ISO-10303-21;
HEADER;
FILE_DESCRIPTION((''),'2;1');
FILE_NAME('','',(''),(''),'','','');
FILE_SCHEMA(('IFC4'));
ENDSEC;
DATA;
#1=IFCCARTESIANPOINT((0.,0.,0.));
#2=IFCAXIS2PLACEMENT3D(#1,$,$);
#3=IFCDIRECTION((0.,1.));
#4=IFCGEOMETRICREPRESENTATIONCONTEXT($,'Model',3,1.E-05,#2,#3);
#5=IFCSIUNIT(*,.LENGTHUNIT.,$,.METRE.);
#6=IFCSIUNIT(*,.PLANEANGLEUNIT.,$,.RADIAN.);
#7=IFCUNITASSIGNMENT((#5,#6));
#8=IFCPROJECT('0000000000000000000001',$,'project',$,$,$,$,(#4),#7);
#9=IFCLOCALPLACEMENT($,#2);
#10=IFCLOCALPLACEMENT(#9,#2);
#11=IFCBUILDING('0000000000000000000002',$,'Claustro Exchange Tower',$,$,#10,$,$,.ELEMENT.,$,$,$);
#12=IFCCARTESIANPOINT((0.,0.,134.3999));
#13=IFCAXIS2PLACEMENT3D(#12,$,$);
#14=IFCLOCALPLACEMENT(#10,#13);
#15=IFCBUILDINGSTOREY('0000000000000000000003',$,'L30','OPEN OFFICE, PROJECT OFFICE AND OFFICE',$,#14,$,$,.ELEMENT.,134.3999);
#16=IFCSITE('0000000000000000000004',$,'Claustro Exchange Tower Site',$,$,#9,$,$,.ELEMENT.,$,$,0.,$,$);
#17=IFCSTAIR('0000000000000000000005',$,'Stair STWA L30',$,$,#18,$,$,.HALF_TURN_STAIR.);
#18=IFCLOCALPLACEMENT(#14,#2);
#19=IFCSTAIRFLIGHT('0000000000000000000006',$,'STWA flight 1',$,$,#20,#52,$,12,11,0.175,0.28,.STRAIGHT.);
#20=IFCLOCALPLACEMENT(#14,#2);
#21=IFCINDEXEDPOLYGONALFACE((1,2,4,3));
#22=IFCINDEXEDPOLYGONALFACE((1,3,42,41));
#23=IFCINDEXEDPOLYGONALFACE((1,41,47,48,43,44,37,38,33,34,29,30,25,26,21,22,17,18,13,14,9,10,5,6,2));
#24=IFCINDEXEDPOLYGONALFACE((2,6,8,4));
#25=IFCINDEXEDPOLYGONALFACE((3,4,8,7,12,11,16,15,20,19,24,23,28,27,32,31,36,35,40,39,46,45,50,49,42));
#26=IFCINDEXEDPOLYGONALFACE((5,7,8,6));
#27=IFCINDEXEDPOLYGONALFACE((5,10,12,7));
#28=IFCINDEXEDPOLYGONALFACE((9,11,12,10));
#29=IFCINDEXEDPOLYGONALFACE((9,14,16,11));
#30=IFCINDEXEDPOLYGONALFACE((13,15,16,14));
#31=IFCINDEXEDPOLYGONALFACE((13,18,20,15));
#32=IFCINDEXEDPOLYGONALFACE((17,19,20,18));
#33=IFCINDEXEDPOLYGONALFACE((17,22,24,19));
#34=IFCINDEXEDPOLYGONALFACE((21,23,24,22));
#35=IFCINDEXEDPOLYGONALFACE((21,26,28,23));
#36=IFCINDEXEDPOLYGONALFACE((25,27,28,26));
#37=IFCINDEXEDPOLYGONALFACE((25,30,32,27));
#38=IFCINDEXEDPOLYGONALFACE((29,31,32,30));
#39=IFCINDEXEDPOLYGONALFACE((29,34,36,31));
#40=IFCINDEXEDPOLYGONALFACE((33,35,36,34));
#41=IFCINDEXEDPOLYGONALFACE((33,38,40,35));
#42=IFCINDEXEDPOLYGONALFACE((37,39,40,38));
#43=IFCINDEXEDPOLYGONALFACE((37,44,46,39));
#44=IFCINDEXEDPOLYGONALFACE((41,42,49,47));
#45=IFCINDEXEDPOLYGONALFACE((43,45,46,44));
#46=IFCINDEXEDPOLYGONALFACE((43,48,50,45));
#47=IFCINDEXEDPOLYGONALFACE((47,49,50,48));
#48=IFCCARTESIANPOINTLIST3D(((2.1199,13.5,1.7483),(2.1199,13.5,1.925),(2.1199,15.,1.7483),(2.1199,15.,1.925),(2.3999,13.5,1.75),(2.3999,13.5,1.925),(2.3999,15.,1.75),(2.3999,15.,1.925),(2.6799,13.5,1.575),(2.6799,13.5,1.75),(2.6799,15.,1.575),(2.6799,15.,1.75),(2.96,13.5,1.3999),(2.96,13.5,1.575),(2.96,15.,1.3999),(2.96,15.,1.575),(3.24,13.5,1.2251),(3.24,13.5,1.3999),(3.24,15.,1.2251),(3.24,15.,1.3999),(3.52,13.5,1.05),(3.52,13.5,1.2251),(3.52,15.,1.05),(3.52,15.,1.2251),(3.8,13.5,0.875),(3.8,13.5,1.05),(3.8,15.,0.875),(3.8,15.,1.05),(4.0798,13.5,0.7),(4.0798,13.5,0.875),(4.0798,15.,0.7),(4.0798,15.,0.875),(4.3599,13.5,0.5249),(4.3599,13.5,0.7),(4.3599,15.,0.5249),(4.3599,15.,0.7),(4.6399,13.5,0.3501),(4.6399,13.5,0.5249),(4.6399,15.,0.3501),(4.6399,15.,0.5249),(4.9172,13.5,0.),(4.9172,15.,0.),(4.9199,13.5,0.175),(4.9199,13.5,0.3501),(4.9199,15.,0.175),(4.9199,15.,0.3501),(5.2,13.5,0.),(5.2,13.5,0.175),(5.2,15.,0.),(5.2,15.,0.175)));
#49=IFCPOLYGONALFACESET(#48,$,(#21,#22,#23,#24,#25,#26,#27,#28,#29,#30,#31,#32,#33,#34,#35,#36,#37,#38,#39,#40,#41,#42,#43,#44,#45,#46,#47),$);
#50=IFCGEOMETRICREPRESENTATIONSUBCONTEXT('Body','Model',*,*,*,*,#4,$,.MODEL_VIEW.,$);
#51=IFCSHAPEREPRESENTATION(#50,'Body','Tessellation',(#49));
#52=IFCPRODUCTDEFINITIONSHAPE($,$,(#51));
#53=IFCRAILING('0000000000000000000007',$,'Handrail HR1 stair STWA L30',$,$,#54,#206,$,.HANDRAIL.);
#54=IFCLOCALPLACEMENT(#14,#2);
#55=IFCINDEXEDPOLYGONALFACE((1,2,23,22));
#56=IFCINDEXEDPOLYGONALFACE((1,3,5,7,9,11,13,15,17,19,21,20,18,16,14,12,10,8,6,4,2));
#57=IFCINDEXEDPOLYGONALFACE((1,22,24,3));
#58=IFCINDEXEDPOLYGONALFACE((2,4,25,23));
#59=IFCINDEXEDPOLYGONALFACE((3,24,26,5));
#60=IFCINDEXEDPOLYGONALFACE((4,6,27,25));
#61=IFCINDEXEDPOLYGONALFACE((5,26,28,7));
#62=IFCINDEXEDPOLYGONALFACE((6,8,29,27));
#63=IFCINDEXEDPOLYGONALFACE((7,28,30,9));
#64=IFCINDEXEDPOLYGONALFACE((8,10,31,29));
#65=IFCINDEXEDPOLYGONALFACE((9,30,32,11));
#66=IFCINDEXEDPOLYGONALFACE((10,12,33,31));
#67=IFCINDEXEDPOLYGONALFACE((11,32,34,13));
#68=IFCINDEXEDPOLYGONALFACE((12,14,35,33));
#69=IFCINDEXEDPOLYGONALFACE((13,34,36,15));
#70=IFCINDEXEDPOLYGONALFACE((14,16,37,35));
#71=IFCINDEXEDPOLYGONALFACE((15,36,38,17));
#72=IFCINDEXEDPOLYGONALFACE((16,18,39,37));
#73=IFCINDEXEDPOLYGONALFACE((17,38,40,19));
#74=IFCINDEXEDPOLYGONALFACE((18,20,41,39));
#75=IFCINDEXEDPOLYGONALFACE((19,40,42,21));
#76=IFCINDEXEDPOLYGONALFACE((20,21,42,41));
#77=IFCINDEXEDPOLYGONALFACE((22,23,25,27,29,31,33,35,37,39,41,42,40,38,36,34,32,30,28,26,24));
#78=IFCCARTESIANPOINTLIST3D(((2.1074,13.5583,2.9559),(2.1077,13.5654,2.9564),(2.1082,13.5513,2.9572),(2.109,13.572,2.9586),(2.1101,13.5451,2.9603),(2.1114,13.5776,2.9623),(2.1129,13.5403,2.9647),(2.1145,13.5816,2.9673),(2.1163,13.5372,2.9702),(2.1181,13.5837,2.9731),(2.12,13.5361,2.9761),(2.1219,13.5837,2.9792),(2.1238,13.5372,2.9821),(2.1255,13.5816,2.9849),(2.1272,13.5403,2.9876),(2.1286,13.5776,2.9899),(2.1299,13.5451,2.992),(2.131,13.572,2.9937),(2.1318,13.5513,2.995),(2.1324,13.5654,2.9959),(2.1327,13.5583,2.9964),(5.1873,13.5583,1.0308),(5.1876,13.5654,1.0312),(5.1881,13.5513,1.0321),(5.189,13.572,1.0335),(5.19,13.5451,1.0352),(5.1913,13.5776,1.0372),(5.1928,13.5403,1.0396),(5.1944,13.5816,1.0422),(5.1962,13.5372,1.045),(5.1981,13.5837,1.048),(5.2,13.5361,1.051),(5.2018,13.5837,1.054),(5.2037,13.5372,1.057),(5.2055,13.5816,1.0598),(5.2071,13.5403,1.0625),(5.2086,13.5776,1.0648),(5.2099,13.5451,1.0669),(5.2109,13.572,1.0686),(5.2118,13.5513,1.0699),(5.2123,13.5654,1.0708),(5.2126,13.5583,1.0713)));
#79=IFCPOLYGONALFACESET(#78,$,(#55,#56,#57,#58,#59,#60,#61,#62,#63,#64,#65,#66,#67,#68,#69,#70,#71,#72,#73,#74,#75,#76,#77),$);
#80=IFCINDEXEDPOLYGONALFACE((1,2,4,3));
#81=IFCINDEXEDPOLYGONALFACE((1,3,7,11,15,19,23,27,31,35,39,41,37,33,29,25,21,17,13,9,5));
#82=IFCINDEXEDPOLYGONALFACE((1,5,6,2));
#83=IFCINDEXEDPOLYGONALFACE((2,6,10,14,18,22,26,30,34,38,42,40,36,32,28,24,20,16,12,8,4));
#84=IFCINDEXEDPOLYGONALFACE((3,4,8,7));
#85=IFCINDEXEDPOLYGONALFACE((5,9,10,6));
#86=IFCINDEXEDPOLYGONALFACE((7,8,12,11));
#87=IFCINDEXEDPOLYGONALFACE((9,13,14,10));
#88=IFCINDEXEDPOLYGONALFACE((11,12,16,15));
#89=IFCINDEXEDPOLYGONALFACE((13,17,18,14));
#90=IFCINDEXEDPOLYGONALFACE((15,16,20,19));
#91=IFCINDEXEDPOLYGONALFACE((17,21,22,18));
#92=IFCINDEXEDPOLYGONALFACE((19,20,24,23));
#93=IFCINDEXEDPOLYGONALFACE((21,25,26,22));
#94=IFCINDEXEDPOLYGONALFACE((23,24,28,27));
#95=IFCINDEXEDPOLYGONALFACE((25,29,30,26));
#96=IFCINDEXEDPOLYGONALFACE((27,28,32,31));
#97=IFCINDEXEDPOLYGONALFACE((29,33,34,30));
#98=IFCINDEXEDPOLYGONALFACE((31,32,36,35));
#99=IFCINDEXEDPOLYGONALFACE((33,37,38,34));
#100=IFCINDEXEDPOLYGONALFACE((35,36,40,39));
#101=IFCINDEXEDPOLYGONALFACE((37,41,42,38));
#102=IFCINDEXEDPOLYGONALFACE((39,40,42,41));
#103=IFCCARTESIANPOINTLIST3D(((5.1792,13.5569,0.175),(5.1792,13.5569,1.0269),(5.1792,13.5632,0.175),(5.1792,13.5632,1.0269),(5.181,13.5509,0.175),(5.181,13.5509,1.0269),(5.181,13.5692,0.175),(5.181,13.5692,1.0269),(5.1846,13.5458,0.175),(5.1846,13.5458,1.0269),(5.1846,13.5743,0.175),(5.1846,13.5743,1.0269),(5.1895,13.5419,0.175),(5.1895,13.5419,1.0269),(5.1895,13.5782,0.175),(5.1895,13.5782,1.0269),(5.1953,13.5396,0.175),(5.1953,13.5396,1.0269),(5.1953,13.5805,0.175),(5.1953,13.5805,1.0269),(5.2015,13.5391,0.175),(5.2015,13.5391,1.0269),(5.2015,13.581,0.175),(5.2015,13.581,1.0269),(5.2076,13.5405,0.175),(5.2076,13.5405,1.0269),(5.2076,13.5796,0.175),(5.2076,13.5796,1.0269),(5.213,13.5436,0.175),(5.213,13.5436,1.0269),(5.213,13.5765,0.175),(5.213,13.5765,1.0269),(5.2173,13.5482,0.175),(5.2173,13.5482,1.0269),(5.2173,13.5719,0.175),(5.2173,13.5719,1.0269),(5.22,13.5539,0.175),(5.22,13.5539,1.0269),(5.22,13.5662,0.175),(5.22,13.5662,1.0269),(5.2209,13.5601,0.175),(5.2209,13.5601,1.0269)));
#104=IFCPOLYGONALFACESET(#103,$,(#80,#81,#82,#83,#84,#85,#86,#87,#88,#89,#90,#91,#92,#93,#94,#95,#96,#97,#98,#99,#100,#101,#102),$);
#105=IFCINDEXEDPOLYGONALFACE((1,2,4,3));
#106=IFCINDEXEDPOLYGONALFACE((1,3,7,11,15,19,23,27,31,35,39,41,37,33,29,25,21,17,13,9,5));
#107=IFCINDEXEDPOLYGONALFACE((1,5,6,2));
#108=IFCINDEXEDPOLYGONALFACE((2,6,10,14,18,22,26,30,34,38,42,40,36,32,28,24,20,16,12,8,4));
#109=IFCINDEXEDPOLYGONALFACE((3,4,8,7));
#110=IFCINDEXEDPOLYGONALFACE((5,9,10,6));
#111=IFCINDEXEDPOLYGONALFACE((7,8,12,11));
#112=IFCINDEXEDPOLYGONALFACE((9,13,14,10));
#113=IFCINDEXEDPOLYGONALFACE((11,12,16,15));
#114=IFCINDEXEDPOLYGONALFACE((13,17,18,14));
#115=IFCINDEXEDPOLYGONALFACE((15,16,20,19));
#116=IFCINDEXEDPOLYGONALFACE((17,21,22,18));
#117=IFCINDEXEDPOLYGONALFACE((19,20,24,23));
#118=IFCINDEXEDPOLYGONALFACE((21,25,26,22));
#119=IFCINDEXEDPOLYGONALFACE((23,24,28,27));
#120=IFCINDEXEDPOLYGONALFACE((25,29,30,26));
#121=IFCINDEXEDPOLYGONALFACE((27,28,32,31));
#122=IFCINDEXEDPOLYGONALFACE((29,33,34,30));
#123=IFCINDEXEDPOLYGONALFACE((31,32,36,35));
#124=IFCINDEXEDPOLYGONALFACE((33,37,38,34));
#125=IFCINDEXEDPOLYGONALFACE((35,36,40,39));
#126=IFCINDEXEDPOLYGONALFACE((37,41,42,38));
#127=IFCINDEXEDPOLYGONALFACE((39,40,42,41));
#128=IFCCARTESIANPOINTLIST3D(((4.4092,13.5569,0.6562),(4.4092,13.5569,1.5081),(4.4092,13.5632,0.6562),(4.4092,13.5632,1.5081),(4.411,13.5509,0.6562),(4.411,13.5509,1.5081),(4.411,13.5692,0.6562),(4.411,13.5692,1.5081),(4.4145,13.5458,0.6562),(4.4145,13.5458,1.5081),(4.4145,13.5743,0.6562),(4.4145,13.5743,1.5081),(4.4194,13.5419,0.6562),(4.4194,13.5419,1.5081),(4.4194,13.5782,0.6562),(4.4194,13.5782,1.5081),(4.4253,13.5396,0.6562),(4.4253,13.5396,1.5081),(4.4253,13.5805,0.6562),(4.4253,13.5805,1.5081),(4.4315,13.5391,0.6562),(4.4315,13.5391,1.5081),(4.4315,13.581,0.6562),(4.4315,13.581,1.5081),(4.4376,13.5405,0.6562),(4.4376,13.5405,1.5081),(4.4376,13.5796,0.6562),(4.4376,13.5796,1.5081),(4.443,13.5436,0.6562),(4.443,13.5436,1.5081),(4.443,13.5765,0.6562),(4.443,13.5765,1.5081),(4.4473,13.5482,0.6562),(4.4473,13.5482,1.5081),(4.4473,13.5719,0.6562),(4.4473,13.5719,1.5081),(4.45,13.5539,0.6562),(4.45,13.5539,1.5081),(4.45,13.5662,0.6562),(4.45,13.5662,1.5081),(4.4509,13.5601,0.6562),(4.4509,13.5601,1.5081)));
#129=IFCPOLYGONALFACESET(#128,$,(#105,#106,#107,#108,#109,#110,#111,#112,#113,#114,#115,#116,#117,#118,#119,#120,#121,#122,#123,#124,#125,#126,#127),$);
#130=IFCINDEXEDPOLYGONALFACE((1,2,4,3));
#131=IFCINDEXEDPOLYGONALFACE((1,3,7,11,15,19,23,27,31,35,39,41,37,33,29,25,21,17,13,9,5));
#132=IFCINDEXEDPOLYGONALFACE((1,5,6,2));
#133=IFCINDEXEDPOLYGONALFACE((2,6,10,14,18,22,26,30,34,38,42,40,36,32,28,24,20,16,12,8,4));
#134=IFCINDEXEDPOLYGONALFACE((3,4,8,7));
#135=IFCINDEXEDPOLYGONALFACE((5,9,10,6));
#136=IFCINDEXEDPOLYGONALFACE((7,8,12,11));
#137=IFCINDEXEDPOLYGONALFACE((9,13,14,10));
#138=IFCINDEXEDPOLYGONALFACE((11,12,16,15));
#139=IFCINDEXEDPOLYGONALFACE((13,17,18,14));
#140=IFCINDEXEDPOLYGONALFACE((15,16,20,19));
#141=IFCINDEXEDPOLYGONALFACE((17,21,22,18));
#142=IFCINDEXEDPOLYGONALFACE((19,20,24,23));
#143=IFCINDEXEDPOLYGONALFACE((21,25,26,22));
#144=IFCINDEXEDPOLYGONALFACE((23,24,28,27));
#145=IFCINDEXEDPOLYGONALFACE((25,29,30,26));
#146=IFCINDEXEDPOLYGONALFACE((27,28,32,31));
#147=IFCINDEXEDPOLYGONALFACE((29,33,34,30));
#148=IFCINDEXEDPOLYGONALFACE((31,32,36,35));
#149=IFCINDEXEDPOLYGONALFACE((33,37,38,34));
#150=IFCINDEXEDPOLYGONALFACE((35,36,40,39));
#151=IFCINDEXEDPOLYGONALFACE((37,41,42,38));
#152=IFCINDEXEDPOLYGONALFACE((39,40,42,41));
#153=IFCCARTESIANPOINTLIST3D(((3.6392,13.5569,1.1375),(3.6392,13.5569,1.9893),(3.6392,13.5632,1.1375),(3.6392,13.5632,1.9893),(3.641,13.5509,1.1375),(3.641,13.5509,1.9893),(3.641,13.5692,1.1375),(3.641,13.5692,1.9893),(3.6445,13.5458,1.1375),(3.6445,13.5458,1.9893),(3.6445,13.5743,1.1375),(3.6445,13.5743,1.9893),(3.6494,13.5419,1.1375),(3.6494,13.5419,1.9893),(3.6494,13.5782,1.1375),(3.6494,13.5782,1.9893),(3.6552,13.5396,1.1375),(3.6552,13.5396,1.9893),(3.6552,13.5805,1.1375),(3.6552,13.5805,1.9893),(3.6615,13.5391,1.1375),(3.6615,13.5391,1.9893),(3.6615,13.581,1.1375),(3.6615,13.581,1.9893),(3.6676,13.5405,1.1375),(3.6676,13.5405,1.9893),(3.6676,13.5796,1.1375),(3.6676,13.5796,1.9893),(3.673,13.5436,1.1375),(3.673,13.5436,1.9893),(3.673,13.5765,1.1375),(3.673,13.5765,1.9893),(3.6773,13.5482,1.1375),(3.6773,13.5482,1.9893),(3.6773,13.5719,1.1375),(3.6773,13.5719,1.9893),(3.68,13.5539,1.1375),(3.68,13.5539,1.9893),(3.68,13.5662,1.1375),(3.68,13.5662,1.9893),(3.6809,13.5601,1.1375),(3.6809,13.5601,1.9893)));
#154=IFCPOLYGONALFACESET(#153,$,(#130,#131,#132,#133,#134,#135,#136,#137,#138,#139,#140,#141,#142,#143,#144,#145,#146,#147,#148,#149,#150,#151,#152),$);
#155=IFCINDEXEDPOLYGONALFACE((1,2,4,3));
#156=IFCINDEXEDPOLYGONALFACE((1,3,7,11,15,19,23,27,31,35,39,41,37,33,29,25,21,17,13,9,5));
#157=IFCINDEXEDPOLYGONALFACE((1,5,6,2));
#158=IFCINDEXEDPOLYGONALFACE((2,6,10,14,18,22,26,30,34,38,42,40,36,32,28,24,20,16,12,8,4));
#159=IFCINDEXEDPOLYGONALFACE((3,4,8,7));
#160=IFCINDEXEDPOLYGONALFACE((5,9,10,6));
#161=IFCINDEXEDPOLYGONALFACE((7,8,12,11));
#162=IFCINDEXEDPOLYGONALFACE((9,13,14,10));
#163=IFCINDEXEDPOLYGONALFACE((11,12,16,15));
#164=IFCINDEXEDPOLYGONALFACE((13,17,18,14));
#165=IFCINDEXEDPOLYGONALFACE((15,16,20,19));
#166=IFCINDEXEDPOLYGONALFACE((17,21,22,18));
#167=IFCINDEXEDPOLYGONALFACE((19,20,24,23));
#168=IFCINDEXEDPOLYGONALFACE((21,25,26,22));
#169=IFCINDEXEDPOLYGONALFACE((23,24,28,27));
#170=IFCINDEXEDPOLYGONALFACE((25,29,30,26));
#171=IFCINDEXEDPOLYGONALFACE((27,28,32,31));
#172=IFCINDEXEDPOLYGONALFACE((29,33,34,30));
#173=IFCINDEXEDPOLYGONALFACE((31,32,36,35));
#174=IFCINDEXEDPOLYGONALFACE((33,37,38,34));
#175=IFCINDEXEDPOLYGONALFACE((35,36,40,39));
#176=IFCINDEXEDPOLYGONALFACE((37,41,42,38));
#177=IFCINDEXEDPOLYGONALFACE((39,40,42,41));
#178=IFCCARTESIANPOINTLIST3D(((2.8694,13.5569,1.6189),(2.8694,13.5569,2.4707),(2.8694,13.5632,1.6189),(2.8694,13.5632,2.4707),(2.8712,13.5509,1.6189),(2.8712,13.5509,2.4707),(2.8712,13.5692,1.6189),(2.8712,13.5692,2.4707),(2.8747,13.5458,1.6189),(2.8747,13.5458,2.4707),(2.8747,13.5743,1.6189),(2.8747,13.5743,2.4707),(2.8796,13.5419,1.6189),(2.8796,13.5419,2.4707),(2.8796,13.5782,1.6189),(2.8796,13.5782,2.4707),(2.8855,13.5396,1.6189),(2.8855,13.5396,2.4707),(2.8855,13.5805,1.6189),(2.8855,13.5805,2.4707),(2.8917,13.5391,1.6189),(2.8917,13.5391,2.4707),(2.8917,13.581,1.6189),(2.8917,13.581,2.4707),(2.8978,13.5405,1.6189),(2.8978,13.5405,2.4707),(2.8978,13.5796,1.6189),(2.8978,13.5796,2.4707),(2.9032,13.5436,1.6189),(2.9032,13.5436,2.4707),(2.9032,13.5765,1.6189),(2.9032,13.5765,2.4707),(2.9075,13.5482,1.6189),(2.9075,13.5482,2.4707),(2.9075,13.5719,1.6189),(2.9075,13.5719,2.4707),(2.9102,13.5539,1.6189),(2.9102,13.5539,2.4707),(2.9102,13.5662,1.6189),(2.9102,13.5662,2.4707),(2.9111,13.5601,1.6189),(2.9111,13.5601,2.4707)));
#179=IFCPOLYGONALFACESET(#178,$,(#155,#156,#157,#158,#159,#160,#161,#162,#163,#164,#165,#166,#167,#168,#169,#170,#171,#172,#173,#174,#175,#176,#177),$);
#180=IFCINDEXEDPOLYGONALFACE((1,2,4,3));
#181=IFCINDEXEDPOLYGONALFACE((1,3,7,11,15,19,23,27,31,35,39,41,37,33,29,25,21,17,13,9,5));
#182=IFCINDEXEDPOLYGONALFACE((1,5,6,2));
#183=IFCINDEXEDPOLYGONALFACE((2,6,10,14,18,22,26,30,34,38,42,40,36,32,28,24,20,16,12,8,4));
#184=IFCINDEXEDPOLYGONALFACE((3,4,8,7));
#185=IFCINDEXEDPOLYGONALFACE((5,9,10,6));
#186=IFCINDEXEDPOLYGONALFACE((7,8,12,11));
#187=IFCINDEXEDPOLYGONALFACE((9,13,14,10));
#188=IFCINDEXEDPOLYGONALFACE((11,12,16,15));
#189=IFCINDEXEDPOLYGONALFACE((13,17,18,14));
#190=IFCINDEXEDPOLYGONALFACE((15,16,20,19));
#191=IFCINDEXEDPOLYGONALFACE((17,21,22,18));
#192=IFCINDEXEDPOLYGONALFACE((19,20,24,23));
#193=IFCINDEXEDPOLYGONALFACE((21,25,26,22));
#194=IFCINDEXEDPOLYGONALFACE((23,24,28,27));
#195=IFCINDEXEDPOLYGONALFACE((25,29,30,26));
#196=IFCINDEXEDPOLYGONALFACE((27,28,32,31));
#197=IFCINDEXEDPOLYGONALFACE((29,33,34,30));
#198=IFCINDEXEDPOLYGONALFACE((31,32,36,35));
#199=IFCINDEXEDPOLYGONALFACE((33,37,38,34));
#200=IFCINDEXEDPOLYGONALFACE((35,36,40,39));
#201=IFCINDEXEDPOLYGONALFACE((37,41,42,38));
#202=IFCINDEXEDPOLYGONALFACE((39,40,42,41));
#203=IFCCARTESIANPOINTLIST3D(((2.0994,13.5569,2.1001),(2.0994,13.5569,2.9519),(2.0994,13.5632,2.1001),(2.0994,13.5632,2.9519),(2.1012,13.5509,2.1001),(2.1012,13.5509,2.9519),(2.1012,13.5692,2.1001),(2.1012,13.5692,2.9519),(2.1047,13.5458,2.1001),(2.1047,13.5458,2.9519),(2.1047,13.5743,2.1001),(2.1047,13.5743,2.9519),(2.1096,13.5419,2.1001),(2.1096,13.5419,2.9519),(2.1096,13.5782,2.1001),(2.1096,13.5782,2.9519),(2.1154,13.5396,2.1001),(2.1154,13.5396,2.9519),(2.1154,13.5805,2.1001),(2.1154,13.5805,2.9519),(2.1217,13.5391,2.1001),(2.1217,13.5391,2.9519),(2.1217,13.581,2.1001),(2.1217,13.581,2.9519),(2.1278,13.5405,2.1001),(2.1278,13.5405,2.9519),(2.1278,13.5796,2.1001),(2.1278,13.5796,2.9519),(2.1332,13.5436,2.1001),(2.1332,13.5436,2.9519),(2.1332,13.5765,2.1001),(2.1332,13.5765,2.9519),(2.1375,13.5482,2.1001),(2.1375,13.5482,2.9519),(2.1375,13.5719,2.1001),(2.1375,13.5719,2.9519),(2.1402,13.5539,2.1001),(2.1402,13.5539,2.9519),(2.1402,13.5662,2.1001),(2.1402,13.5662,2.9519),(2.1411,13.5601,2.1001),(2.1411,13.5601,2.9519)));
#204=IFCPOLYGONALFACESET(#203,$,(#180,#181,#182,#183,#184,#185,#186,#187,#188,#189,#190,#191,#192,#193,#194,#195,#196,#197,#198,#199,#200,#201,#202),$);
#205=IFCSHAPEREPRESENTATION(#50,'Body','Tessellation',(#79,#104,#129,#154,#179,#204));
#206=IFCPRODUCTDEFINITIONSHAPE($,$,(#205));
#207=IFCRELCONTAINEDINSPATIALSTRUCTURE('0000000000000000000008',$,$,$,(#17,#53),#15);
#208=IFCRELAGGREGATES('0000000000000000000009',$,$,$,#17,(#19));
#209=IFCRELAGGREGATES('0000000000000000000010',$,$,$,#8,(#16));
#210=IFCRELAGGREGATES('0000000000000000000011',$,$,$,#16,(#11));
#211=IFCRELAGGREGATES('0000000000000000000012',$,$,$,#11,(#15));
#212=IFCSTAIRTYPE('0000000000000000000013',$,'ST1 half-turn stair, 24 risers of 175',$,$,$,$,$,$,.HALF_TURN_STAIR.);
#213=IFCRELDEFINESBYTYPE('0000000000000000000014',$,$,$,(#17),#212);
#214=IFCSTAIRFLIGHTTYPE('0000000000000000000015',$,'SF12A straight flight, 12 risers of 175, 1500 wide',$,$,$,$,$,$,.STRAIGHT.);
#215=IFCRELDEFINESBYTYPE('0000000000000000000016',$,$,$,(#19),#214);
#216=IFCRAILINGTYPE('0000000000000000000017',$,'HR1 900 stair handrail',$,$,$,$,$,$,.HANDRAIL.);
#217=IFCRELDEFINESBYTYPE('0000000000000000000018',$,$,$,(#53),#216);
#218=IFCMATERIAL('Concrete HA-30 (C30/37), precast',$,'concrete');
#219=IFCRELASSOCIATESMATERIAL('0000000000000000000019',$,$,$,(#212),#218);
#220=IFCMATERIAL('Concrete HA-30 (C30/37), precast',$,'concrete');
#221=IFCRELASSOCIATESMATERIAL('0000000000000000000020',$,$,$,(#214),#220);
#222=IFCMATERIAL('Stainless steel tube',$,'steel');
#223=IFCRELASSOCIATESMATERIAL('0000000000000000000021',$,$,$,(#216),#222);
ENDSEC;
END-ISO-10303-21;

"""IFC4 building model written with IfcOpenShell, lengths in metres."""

from ifc_helpers import new_model, si_unit, direction, frame, origin, origin_2d, place, context, subcontext, project, spatial, polyline, circle, outline, extrude, material, type_object, element, aggregate, save


model = new_model("IFC4")

# Units and contexts
model_context = context("Model", 3, precision=1e-05, world=origin(), true_north=direction((0.0, 1.0)))
body_context = subcontext(model_context, "Body", "Model", "MODEL_VIEW")
ifc_project = project(units=[si_unit("LENGTHUNIT", "METRE"), si_unit("PLANEANGLEUNIT", "RADIAN")], contexts=[model_context])

# Site, building, storey
site_placement = place(None, origin())
site = spatial("IfcSite", under=ifc_project, at=site_placement, Name="Claustro Exchange Tower Site", CompositionType="ELEMENT", RefElevation=0.0)
building_placement = place(site_placement, origin())
building = spatial("IfcBuilding", under=site, at=building_placement, Name="Claustro Exchange Tower", CompositionType="ELEMENT")
storey_placement = place(building_placement, frame((0.0, 0.0, 134.3999)))
storey = spatial("IfcBuildingStorey", under=building, at=storey_placement, Name="L30", Description="OPEN OFFICE, PROJECT OFFICE AND OFFICE", CompositionType="ELEMENT", Elevation=134.3999)

# Stair, stair flight
ifc_material_1 = material(Name="Concrete HA-30 (C30/37), precast", Category="concrete")
stair_type = type_object("IfcStairType", Name="ST1 half-turn stair, 24 risers of 175", PredefinedType="HALF_TURN_STAIR", material=ifc_material_1)
stair_placement = place(storey_placement, origin())
stair = element("IfcStair", 1, at=stair_placement, inside=storey, type_object=stair_type, Name="Stair STWA L30", PredefinedType="HALF_TURN_STAIR")
ifc_material_2 = material(Name="Concrete HA-30 (C30/37), precast", Category="concrete")
stair_flight_type = type_object("IfcStairFlightType", Name="SF12A straight flight, 12 risers of 175, 1500 wide", PredefinedType="STRAIGHT", material=ifc_material_2)
stair_flight_placement = place(storey_placement, frame((5.2, 14.25, 0.0), z_axis=(0.0, 0.0, 1.0), x_axis=(-1.0, 0.0, 0.0)))
stair_flight = element("IfcStairFlight", 2, at=stair_flight_placement, type_object=stair_flight_type, Name="STWA flight 1", NumberOfRisers=12, NumberOfTreads=11, PredefinedType="STRAIGHT", RiserHeight=0.175, TreadLength=0.28, context=body_context, shape_type="SweptSolid", body=[
    extrude(outline(polyline([(0.0, 0.0), (0.0, 0.175), (0.28, 0.175), (0.28, 0.3501), (0.5601, 0.3501), (0.5601, 0.5249), (0.8401, 0.5249), (0.8401, 0.7), (1.1201, 0.7), (1.1201, 0.875), (1.3999, 0.875), (1.3999, 1.05), (1.6799, 1.05), (1.6799, 1.2251), (1.96, 1.2251), (1.96, 1.3999), (2.24, 1.3999), (2.24, 1.575), (2.52, 1.575), (2.52, 1.75), (2.8, 1.75), (2.8, 1.925), (3.0801, 1.925), (3.0801, 2.1001), (3.0801, 1.7483), (0.2827, 0.0), (0.0, 0.0)])), frame((0.0, 0.75, 0.0), z_axis=(0.0, -1.0, 0.0), x_axis=(1.0, 0.0, 0.0)), (0.0, 0.0, 1.0), 1.5),
])
aggregate(stair, [stair_flight])

# Railing
ifc_material_3 = material(Name="Stainless steel tube", Category="steel")
railing_type_1 = type_object("IfcRailingType", Name="HR1 900 stair handrail", PredefinedType="HANDRAIL", material=ifc_material_3)
railing_1_placement = place(storey_placement, frame((5.2, 13.5601, 0.175)))
element("IfcRailing", 3, at=railing_1_placement, inside=storey, type_object=railing_type_1, Name="Handrail HR1 stair STWA L30", PredefinedType="HANDRAIL", context=body_context, shape_type="SweptSolid", body=[
    extrude(circle(Radius=0.0239, at=origin_2d()), frame((0.0, 0.0, 0.876), z_axis=(-0.847979, 0.0, 0.530029), x_axis=(0.0, -1.0, 0.0)), (0.0, 0.0, 1.0), 3.6321),
    extrude(circle(Radius=0.021, at=origin_2d()), origin(), (0.0, 0.0, 1.0), 0.8518),
    extrude(circle(Radius=0.021, at=origin_2d()), frame((-0.77, 0.0, 0.4812)), (0.0, 0.0, 1.0), 0.8518),
    extrude(circle(Radius=0.021, at=origin_2d()), frame((-1.54, 0.0, 0.9624)), (0.0, 0.0, 1.0), 0.8518),
    extrude(circle(Radius=0.021, at=origin_2d()), frame((-2.3098, 0.0, 1.4438)), (0.0, 0.0, 1.0), 0.8518),
    extrude(circle(Radius=0.021, at=origin_2d()), frame((-3.0798, 0.0, 1.925)), (0.0, 0.0, 1.0), 0.8518),
])

save(model, "model.ifc")
